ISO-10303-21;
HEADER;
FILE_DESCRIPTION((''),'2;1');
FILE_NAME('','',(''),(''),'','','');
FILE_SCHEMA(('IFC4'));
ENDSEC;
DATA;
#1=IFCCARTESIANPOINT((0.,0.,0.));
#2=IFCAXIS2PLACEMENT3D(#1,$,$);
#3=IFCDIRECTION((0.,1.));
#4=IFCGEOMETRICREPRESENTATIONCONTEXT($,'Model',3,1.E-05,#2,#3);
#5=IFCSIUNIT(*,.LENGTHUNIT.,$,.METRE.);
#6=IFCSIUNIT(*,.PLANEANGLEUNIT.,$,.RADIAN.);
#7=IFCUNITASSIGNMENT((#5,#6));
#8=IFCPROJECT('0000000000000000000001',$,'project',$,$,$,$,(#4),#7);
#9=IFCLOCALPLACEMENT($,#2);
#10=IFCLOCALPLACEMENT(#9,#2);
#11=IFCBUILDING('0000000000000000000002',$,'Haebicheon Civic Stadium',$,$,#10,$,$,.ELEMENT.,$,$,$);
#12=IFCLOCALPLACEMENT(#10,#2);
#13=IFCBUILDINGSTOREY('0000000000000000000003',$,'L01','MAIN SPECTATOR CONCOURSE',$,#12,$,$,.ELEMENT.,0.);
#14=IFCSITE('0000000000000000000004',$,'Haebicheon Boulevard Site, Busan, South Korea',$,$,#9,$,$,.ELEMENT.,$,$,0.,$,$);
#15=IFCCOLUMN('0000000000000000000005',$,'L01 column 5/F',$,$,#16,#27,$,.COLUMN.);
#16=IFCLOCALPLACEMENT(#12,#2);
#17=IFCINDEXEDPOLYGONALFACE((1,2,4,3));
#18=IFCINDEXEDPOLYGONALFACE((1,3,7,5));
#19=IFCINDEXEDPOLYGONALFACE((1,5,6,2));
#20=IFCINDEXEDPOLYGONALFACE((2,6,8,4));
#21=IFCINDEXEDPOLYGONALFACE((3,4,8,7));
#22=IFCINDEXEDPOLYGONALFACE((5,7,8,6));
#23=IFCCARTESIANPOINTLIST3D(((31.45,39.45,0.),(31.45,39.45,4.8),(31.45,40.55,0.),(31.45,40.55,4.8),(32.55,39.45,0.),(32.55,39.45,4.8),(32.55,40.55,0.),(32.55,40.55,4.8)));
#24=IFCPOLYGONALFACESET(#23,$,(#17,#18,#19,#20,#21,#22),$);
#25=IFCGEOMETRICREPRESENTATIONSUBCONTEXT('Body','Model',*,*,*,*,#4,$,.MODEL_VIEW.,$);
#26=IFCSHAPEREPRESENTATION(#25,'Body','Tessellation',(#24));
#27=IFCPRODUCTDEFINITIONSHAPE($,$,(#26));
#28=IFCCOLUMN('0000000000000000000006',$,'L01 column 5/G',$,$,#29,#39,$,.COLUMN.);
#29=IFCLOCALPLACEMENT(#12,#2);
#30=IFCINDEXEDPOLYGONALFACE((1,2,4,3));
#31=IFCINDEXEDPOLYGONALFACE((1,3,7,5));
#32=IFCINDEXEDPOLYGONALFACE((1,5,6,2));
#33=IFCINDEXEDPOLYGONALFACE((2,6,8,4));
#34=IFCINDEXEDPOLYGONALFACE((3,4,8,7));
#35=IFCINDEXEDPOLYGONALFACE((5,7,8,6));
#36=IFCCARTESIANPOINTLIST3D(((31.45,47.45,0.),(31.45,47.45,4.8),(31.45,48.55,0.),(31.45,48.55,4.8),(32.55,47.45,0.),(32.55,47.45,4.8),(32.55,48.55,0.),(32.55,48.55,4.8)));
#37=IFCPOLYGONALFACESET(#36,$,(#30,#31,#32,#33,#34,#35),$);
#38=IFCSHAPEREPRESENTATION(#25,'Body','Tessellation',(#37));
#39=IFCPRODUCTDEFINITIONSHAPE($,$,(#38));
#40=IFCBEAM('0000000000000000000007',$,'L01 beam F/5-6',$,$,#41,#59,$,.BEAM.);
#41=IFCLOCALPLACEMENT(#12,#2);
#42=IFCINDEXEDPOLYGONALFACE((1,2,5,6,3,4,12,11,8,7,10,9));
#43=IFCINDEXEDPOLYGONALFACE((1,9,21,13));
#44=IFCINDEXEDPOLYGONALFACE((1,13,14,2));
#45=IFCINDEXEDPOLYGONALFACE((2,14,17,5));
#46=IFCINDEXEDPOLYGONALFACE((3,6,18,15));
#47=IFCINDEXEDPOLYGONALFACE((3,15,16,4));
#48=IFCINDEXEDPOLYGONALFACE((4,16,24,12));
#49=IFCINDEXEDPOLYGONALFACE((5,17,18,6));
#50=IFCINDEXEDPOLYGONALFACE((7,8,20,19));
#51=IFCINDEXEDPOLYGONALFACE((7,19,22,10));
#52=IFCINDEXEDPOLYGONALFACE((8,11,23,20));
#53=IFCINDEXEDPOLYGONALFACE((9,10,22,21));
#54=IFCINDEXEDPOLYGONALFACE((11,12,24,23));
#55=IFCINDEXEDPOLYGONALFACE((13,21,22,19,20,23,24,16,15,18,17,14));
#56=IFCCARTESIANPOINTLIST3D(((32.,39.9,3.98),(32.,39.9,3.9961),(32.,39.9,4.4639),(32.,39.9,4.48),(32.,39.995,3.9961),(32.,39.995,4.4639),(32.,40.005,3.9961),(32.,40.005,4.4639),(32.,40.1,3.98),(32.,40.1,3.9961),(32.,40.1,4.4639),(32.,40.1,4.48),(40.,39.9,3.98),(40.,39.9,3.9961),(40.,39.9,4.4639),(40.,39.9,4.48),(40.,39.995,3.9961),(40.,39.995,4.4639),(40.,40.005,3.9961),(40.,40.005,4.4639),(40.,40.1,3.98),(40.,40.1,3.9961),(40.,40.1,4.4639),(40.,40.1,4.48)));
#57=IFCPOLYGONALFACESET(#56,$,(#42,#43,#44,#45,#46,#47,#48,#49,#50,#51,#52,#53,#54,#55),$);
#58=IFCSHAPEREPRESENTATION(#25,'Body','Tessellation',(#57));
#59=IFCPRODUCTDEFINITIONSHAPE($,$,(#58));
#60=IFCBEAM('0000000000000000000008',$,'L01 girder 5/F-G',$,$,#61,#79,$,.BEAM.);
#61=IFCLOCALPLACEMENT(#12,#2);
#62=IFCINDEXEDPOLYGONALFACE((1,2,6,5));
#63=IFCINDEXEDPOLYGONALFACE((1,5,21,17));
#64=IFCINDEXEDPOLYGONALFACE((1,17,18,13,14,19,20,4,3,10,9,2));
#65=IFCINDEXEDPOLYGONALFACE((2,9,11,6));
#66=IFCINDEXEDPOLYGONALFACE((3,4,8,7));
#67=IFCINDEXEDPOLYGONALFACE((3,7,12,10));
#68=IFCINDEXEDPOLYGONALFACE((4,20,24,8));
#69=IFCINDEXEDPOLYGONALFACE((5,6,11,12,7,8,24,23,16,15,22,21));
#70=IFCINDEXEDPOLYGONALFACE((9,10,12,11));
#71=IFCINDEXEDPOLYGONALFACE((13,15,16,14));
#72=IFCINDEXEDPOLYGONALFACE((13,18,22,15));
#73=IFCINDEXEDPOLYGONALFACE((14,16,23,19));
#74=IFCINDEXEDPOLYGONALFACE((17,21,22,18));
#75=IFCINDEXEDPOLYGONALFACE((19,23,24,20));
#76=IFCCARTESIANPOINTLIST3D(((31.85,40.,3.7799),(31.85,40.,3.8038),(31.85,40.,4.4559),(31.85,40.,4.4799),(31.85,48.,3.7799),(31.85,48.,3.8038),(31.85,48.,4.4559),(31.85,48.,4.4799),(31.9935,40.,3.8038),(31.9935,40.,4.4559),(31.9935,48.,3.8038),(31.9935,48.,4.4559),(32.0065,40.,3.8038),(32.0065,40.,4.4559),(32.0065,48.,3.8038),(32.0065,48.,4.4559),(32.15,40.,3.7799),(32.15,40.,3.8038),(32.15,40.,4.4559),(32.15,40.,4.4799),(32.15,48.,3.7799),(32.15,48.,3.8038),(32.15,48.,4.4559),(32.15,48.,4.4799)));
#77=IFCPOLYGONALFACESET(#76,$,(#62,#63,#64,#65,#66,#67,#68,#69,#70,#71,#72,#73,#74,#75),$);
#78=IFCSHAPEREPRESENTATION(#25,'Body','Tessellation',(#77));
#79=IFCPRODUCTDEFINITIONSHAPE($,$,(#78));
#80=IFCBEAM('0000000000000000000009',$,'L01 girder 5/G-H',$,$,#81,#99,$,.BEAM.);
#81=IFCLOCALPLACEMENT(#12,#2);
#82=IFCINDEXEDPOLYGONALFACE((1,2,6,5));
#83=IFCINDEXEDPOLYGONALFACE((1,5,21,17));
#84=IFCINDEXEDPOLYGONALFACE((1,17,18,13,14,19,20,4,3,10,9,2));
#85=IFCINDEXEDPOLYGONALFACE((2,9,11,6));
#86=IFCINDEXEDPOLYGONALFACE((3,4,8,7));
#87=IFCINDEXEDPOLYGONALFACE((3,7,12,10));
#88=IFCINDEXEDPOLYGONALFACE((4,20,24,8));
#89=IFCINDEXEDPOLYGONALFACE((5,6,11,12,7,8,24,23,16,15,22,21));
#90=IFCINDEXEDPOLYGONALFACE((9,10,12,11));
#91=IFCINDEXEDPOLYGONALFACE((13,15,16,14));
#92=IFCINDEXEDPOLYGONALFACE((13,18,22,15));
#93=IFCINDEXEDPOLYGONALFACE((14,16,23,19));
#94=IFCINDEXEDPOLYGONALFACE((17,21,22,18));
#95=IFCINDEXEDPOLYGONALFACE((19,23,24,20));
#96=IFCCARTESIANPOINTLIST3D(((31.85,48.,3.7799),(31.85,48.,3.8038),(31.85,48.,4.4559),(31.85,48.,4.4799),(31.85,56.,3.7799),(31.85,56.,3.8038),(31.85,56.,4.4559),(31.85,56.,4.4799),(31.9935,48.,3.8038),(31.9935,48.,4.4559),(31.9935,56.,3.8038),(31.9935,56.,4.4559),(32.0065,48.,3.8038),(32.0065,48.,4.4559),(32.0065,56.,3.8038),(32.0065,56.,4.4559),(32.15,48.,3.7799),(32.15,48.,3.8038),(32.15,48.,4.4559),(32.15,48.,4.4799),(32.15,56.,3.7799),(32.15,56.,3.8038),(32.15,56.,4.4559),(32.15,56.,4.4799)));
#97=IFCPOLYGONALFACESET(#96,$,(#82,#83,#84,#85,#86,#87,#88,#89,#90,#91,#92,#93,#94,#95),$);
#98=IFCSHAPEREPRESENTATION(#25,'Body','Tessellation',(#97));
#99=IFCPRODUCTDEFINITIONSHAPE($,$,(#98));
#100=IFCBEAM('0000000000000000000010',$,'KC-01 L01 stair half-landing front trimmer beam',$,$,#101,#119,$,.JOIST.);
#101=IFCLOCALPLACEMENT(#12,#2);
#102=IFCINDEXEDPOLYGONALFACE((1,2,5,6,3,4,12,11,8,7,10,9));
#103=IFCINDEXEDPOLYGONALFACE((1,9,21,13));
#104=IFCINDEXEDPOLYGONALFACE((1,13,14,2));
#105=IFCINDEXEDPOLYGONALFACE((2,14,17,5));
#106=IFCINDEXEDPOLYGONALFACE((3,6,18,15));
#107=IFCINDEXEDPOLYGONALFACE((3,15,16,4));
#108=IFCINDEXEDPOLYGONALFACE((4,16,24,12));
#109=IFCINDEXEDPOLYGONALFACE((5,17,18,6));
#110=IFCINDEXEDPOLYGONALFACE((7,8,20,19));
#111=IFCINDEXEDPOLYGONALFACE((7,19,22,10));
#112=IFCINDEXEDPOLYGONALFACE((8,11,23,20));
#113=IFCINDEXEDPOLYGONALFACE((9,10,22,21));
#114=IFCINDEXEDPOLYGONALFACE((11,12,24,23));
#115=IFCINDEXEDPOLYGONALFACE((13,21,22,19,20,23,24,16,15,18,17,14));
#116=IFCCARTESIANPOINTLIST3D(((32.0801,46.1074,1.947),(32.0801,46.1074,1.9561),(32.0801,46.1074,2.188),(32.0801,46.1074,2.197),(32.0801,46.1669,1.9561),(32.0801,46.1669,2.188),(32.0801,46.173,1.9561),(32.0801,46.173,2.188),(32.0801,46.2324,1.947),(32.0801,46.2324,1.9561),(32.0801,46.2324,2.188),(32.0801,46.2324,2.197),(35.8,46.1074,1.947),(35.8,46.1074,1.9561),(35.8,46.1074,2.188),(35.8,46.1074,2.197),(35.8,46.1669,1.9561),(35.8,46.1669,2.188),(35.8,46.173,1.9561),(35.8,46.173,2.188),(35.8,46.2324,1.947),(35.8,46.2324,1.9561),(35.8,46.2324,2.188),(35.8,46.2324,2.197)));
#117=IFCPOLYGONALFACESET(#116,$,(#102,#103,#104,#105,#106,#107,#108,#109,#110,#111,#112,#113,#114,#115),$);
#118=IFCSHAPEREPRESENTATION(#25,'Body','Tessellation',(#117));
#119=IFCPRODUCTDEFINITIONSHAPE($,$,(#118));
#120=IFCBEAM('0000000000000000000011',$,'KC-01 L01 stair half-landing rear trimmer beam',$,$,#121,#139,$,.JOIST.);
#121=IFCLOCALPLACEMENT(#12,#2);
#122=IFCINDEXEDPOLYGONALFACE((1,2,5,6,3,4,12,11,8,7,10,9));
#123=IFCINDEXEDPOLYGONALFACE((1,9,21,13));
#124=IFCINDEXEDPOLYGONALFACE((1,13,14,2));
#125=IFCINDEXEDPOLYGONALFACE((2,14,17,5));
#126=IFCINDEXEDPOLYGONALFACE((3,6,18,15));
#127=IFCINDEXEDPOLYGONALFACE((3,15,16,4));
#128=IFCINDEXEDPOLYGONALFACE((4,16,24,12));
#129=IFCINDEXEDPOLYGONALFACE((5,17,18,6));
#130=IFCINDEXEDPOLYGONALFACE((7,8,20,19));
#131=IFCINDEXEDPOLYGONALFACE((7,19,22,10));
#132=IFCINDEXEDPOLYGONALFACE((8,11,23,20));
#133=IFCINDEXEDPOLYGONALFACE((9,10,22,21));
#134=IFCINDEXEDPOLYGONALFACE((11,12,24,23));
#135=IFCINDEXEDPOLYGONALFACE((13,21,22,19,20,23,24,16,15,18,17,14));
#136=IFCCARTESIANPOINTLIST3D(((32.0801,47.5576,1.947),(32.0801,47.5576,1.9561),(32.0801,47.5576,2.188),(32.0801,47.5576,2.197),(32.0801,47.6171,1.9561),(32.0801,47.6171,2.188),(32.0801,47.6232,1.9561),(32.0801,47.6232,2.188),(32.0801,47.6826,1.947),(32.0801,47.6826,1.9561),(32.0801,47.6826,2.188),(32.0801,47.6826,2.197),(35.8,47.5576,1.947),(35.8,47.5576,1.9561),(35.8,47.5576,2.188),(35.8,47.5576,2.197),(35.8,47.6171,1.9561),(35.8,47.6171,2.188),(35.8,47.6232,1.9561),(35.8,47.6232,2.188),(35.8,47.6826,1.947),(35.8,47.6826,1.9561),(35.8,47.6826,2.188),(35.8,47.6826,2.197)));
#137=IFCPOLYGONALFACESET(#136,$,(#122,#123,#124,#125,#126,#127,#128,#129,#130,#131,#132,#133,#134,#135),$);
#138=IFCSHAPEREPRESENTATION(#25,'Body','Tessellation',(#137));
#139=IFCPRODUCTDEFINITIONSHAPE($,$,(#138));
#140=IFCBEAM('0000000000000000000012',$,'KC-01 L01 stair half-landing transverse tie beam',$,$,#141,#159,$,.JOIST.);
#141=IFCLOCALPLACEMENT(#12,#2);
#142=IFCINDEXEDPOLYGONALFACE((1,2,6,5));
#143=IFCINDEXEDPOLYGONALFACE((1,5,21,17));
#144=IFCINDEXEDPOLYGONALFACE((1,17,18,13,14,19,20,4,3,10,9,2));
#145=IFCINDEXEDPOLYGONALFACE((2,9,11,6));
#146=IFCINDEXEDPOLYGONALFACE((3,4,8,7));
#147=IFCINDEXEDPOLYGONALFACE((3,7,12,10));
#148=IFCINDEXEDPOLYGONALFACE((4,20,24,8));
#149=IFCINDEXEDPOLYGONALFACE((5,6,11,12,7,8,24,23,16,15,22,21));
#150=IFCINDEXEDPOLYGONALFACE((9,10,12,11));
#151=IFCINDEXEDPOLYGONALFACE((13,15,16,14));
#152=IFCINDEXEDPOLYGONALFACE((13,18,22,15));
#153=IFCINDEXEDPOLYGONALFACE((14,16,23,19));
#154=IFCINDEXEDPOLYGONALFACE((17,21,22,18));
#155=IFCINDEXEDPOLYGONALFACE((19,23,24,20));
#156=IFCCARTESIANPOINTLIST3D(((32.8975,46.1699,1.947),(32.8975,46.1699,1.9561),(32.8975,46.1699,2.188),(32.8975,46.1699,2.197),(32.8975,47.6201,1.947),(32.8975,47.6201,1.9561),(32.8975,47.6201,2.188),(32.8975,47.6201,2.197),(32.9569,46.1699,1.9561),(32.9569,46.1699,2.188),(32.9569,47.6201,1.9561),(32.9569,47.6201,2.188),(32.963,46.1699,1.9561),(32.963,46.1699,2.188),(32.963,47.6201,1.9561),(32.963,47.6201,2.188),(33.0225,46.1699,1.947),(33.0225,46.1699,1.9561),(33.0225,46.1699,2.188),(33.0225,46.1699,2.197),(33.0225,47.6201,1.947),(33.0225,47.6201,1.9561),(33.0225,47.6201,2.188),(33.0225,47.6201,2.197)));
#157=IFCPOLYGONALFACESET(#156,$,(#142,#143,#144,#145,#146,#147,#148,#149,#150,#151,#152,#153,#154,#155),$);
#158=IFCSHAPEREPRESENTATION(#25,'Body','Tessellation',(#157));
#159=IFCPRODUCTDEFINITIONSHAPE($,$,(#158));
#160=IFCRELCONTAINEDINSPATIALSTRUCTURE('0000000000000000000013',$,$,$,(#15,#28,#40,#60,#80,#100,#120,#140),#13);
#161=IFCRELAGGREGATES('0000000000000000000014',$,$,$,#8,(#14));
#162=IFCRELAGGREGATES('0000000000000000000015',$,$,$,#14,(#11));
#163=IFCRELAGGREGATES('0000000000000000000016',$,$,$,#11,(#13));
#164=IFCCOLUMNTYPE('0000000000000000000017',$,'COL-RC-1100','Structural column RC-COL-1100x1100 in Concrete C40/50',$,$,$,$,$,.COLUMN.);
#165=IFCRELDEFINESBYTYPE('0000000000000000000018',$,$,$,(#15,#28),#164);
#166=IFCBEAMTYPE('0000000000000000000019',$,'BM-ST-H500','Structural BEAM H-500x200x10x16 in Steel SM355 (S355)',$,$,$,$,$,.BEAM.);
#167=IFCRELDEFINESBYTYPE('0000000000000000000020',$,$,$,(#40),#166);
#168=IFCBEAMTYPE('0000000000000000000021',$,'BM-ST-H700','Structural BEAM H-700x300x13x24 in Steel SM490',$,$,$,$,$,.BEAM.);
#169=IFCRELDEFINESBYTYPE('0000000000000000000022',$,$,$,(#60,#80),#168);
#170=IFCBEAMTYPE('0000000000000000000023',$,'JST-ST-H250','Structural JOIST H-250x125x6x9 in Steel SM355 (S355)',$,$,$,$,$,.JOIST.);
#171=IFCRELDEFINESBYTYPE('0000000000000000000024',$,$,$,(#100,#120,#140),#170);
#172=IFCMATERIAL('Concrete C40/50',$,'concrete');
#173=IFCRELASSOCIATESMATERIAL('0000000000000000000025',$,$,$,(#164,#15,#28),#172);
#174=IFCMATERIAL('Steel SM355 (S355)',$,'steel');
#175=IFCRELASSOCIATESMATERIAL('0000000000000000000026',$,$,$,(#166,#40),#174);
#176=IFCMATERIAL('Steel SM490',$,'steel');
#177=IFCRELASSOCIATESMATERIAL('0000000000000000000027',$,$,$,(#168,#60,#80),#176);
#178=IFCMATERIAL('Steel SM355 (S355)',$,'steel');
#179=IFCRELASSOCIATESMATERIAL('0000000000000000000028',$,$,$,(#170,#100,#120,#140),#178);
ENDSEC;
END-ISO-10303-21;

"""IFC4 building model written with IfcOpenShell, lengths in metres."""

from ifc_helpers import new_model, si_unit, direction, frame, origin, origin_2d, place, context, subcontext, project, spatial, rectangle, i_section, extrude, material, material_profile, profile_set, type_object, element, save


model = new_model("IFC4")

# Units and contexts
model_context = context("Model", 3, precision=1e-05, world=origin(), true_north=direction((0.0, 1.0)))
body_context = subcontext(model_context, "Body", "Model", "MODEL_VIEW")
ifc_project = project(units=[si_unit("LENGTHUNIT", "METRE"), si_unit("PLANEANGLEUNIT", "RADIAN")], contexts=[model_context])

# Site, building, storey
site_placement = place(None, origin())
site = spatial("IfcSite", under=ifc_project, at=site_placement, Name="Haebicheon Boulevard Site, Busan, South Korea", CompositionType="ELEMENT", RefElevation=0.0)
building_placement = place(site_placement, origin())
building = spatial("IfcBuilding", under=site, at=building_placement, Name="Haebicheon Civic Stadium", CompositionType="ELEMENT")
storey_placement = place(building_placement, origin())
storey = spatial("IfcBuildingStorey", under=building, at=storey_placement, Name="L01", Description="MAIN SPECTATOR CONCOURSE", CompositionType="ELEMENT", Elevation=0.0)

# Columns
ifc_material_1 = material(Name="Concrete C40/50", Category="concrete")
ifc_material_profile_1 = material_profile(ifc_material_1, rectangle(XDim=1.1001, YDim=1.1001, at=origin_2d()), Name="RC-COL-1100x1100")
ifc_profile_set_1 = profile_set([ifc_material_profile_1], Name="Concrete C40/50")
column_type = type_object("IfcColumnType", Name="COL-RC-1100", Description="Structural column RC-COL-1100x1100 in Concrete C40/50", PredefinedType="COLUMN", material=ifc_profile_set_1)
for number, where, z_axis, x_axis, name in (
    (1, (32.0, 40.0, 0.0), (0.0, 0.0, 1.0), (1.0, 0.0, 0.0), "L01 column 5/F"),
    (2, (32.0, 48.0, 0.0), (0.0, 0.0, 1.0), (1.0, 0.0, 0.0), "L01 column 5/G"),
):
    element("IfcColumn", number, at=place(storey_placement, frame(where, z_axis=z_axis, x_axis=x_axis)), inside=storey, type_object=column_type, material=ifc_profile_set_1, Name=name, PredefinedType="COLUMN", context=body_context, shape_type="SweptSolid", body=[
        extrude(rectangle(XDim=1.1001, YDim=1.1001, at=origin_2d()), origin(), (0.0, 0.0, 1.0), 4.8),
    ])

# Beams
ifc_material_2 = material(Name="Steel SM355 (S355)", Category="steel")
ifc_material_profile_2 = material_profile(ifc_material_2, i_section(OverallWidth=0.2, OverallDepth=0.5, WebThickness=0.01, FlangeThickness=0.0161, at=origin_2d()), Name="H-500x200x10x16")
ifc_profile_set_2 = profile_set([ifc_material_profile_2], Name="Steel SM355 (S355)")
beam_type_1 = type_object("IfcBeamType", Name="BM-ST-H500", Description="Structural BEAM H-500x200x10x16 in Steel SM355 (S355)", PredefinedType="BEAM", material=ifc_profile_set_2)
beam_1_placement = place(storey_placement, frame((32.0, 40.0, 4.23), z_axis=(1.0, 0.0, 0.0), x_axis=(0.0, 1.0, 0.0)))
element("IfcBeam", 3, at=beam_1_placement, inside=storey, type_object=beam_type_1, material=ifc_profile_set_2, Name="L01 beam F/5-6", PredefinedType="BEAM", context=body_context, shape_type="SweptSolid", body=[
    extrude(i_section(OverallWidth=0.2, OverallDepth=0.5, WebThickness=0.01, FlangeThickness=0.0161, at=origin_2d()), origin(), (0.0, 0.0, 1.0), 8.0),
])
ifc_material_3 = material(Name="Steel SM490", Category="steel")
ifc_material_profile_3 = material_profile(ifc_material_3, i_section(OverallWidth=0.3, OverallDepth=0.7, WebThickness=0.0129, FlangeThickness=0.0239, at=origin_2d()), Name="H-700x300x13x24")
ifc_profile_set_3 = profile_set([ifc_material_profile_3], Name="Steel SM490")
beam_type_2 = type_object("IfcBeamType", Name="BM-ST-H700", Description="Structural BEAM H-700x300x13x24 in Steel SM490", PredefinedType="BEAM", material=ifc_profile_set_3)
for number, where, z_axis, x_axis, name in (
    (4, (32.0, 40.0, 4.1299), (0.0, 1.0, 0.0), (-1.0, 0.0, 0.0), "L01 girder 5/F-G"),
    (5, (32.0, 48.0, 4.1299), (0.0, 1.0, 0.0), (-1.0, 0.0, 0.0), "L01 girder 5/G-H"),
):
    element("IfcBeam", number, at=place(storey_placement, frame(where, z_axis=z_axis, x_axis=x_axis)), inside=storey, type_object=beam_type_2, material=ifc_profile_set_3, Name=name, PredefinedType="BEAM", context=body_context, shape_type="SweptSolid", body=[
        extrude(i_section(OverallWidth=0.3, OverallDepth=0.7, WebThickness=0.0129, FlangeThickness=0.0239, at=origin_2d()), origin(), (0.0, 0.0, 1.0), 8.0),
    ])
ifc_material_4 = material(Name="Steel SM355 (S355)", Category="steel")
ifc_material_profile_4 = material_profile(ifc_material_4, i_section(OverallWidth=0.125, OverallDepth=0.25, WebThickness=0.0061, FlangeThickness=0.009, at=origin_2d()), Name="H-250x125x6x9")
ifc_profile_set_4 = profile_set([ifc_material_profile_4], Name="Steel SM355 (S355)")
beam_type_3 = type_object("IfcBeamType", Name="JST-ST-H250", Description="Structural JOIST H-250x125x6x9 in Steel SM355 (S355)", PredefinedType="JOIST", material=ifc_profile_set_4)
for number, where, z_axis, x_axis, name in (
    (6, (32.0801, 46.1699, 2.072), (1.0, 0.0, 0.0), (0.0, 1.0, 0.0), "KC-01 L01 stair half-landing front trimmer beam"),
    (7, (32.0801, 47.6201, 2.072), (1.0, 0.0, 0.0), (0.0, 1.0, 0.0), "KC-01 L01 stair half-landing rear trimmer beam"),
):
    element("IfcBeam", number, at=place(storey_placement, frame(where, z_axis=z_axis, x_axis=x_axis)), inside=storey, type_object=beam_type_3, material=ifc_profile_set_4, Name=name, PredefinedType="JOIST", context=body_context, shape_type="SweptSolid", body=[
        extrude(i_section(OverallWidth=0.125, OverallDepth=0.25, WebThickness=0.0061, FlangeThickness=0.009, at=origin_2d()), origin(), (0.0, 0.0, 1.0), 3.72),
    ])
beam_2_placement = place(storey_placement, frame((32.96, 46.1699, 2.072), z_axis=(0.0, 1.0, 0.0), x_axis=(-1.0, 0.0, 0.0)))
element("IfcBeam", 8, at=beam_2_placement, inside=storey, type_object=beam_type_3, material=ifc_profile_set_4, Name="KC-01 L01 stair half-landing transverse tie beam", PredefinedType="JOIST", context=body_context, shape_type="SweptSolid", body=[
    extrude(i_section(OverallWidth=0.125, OverallDepth=0.25, WebThickness=0.0061, FlangeThickness=0.009, at=origin_2d()), origin(), (0.0, 0.0, 1.0), 1.4502),
])

save(model, "model.ifc")
